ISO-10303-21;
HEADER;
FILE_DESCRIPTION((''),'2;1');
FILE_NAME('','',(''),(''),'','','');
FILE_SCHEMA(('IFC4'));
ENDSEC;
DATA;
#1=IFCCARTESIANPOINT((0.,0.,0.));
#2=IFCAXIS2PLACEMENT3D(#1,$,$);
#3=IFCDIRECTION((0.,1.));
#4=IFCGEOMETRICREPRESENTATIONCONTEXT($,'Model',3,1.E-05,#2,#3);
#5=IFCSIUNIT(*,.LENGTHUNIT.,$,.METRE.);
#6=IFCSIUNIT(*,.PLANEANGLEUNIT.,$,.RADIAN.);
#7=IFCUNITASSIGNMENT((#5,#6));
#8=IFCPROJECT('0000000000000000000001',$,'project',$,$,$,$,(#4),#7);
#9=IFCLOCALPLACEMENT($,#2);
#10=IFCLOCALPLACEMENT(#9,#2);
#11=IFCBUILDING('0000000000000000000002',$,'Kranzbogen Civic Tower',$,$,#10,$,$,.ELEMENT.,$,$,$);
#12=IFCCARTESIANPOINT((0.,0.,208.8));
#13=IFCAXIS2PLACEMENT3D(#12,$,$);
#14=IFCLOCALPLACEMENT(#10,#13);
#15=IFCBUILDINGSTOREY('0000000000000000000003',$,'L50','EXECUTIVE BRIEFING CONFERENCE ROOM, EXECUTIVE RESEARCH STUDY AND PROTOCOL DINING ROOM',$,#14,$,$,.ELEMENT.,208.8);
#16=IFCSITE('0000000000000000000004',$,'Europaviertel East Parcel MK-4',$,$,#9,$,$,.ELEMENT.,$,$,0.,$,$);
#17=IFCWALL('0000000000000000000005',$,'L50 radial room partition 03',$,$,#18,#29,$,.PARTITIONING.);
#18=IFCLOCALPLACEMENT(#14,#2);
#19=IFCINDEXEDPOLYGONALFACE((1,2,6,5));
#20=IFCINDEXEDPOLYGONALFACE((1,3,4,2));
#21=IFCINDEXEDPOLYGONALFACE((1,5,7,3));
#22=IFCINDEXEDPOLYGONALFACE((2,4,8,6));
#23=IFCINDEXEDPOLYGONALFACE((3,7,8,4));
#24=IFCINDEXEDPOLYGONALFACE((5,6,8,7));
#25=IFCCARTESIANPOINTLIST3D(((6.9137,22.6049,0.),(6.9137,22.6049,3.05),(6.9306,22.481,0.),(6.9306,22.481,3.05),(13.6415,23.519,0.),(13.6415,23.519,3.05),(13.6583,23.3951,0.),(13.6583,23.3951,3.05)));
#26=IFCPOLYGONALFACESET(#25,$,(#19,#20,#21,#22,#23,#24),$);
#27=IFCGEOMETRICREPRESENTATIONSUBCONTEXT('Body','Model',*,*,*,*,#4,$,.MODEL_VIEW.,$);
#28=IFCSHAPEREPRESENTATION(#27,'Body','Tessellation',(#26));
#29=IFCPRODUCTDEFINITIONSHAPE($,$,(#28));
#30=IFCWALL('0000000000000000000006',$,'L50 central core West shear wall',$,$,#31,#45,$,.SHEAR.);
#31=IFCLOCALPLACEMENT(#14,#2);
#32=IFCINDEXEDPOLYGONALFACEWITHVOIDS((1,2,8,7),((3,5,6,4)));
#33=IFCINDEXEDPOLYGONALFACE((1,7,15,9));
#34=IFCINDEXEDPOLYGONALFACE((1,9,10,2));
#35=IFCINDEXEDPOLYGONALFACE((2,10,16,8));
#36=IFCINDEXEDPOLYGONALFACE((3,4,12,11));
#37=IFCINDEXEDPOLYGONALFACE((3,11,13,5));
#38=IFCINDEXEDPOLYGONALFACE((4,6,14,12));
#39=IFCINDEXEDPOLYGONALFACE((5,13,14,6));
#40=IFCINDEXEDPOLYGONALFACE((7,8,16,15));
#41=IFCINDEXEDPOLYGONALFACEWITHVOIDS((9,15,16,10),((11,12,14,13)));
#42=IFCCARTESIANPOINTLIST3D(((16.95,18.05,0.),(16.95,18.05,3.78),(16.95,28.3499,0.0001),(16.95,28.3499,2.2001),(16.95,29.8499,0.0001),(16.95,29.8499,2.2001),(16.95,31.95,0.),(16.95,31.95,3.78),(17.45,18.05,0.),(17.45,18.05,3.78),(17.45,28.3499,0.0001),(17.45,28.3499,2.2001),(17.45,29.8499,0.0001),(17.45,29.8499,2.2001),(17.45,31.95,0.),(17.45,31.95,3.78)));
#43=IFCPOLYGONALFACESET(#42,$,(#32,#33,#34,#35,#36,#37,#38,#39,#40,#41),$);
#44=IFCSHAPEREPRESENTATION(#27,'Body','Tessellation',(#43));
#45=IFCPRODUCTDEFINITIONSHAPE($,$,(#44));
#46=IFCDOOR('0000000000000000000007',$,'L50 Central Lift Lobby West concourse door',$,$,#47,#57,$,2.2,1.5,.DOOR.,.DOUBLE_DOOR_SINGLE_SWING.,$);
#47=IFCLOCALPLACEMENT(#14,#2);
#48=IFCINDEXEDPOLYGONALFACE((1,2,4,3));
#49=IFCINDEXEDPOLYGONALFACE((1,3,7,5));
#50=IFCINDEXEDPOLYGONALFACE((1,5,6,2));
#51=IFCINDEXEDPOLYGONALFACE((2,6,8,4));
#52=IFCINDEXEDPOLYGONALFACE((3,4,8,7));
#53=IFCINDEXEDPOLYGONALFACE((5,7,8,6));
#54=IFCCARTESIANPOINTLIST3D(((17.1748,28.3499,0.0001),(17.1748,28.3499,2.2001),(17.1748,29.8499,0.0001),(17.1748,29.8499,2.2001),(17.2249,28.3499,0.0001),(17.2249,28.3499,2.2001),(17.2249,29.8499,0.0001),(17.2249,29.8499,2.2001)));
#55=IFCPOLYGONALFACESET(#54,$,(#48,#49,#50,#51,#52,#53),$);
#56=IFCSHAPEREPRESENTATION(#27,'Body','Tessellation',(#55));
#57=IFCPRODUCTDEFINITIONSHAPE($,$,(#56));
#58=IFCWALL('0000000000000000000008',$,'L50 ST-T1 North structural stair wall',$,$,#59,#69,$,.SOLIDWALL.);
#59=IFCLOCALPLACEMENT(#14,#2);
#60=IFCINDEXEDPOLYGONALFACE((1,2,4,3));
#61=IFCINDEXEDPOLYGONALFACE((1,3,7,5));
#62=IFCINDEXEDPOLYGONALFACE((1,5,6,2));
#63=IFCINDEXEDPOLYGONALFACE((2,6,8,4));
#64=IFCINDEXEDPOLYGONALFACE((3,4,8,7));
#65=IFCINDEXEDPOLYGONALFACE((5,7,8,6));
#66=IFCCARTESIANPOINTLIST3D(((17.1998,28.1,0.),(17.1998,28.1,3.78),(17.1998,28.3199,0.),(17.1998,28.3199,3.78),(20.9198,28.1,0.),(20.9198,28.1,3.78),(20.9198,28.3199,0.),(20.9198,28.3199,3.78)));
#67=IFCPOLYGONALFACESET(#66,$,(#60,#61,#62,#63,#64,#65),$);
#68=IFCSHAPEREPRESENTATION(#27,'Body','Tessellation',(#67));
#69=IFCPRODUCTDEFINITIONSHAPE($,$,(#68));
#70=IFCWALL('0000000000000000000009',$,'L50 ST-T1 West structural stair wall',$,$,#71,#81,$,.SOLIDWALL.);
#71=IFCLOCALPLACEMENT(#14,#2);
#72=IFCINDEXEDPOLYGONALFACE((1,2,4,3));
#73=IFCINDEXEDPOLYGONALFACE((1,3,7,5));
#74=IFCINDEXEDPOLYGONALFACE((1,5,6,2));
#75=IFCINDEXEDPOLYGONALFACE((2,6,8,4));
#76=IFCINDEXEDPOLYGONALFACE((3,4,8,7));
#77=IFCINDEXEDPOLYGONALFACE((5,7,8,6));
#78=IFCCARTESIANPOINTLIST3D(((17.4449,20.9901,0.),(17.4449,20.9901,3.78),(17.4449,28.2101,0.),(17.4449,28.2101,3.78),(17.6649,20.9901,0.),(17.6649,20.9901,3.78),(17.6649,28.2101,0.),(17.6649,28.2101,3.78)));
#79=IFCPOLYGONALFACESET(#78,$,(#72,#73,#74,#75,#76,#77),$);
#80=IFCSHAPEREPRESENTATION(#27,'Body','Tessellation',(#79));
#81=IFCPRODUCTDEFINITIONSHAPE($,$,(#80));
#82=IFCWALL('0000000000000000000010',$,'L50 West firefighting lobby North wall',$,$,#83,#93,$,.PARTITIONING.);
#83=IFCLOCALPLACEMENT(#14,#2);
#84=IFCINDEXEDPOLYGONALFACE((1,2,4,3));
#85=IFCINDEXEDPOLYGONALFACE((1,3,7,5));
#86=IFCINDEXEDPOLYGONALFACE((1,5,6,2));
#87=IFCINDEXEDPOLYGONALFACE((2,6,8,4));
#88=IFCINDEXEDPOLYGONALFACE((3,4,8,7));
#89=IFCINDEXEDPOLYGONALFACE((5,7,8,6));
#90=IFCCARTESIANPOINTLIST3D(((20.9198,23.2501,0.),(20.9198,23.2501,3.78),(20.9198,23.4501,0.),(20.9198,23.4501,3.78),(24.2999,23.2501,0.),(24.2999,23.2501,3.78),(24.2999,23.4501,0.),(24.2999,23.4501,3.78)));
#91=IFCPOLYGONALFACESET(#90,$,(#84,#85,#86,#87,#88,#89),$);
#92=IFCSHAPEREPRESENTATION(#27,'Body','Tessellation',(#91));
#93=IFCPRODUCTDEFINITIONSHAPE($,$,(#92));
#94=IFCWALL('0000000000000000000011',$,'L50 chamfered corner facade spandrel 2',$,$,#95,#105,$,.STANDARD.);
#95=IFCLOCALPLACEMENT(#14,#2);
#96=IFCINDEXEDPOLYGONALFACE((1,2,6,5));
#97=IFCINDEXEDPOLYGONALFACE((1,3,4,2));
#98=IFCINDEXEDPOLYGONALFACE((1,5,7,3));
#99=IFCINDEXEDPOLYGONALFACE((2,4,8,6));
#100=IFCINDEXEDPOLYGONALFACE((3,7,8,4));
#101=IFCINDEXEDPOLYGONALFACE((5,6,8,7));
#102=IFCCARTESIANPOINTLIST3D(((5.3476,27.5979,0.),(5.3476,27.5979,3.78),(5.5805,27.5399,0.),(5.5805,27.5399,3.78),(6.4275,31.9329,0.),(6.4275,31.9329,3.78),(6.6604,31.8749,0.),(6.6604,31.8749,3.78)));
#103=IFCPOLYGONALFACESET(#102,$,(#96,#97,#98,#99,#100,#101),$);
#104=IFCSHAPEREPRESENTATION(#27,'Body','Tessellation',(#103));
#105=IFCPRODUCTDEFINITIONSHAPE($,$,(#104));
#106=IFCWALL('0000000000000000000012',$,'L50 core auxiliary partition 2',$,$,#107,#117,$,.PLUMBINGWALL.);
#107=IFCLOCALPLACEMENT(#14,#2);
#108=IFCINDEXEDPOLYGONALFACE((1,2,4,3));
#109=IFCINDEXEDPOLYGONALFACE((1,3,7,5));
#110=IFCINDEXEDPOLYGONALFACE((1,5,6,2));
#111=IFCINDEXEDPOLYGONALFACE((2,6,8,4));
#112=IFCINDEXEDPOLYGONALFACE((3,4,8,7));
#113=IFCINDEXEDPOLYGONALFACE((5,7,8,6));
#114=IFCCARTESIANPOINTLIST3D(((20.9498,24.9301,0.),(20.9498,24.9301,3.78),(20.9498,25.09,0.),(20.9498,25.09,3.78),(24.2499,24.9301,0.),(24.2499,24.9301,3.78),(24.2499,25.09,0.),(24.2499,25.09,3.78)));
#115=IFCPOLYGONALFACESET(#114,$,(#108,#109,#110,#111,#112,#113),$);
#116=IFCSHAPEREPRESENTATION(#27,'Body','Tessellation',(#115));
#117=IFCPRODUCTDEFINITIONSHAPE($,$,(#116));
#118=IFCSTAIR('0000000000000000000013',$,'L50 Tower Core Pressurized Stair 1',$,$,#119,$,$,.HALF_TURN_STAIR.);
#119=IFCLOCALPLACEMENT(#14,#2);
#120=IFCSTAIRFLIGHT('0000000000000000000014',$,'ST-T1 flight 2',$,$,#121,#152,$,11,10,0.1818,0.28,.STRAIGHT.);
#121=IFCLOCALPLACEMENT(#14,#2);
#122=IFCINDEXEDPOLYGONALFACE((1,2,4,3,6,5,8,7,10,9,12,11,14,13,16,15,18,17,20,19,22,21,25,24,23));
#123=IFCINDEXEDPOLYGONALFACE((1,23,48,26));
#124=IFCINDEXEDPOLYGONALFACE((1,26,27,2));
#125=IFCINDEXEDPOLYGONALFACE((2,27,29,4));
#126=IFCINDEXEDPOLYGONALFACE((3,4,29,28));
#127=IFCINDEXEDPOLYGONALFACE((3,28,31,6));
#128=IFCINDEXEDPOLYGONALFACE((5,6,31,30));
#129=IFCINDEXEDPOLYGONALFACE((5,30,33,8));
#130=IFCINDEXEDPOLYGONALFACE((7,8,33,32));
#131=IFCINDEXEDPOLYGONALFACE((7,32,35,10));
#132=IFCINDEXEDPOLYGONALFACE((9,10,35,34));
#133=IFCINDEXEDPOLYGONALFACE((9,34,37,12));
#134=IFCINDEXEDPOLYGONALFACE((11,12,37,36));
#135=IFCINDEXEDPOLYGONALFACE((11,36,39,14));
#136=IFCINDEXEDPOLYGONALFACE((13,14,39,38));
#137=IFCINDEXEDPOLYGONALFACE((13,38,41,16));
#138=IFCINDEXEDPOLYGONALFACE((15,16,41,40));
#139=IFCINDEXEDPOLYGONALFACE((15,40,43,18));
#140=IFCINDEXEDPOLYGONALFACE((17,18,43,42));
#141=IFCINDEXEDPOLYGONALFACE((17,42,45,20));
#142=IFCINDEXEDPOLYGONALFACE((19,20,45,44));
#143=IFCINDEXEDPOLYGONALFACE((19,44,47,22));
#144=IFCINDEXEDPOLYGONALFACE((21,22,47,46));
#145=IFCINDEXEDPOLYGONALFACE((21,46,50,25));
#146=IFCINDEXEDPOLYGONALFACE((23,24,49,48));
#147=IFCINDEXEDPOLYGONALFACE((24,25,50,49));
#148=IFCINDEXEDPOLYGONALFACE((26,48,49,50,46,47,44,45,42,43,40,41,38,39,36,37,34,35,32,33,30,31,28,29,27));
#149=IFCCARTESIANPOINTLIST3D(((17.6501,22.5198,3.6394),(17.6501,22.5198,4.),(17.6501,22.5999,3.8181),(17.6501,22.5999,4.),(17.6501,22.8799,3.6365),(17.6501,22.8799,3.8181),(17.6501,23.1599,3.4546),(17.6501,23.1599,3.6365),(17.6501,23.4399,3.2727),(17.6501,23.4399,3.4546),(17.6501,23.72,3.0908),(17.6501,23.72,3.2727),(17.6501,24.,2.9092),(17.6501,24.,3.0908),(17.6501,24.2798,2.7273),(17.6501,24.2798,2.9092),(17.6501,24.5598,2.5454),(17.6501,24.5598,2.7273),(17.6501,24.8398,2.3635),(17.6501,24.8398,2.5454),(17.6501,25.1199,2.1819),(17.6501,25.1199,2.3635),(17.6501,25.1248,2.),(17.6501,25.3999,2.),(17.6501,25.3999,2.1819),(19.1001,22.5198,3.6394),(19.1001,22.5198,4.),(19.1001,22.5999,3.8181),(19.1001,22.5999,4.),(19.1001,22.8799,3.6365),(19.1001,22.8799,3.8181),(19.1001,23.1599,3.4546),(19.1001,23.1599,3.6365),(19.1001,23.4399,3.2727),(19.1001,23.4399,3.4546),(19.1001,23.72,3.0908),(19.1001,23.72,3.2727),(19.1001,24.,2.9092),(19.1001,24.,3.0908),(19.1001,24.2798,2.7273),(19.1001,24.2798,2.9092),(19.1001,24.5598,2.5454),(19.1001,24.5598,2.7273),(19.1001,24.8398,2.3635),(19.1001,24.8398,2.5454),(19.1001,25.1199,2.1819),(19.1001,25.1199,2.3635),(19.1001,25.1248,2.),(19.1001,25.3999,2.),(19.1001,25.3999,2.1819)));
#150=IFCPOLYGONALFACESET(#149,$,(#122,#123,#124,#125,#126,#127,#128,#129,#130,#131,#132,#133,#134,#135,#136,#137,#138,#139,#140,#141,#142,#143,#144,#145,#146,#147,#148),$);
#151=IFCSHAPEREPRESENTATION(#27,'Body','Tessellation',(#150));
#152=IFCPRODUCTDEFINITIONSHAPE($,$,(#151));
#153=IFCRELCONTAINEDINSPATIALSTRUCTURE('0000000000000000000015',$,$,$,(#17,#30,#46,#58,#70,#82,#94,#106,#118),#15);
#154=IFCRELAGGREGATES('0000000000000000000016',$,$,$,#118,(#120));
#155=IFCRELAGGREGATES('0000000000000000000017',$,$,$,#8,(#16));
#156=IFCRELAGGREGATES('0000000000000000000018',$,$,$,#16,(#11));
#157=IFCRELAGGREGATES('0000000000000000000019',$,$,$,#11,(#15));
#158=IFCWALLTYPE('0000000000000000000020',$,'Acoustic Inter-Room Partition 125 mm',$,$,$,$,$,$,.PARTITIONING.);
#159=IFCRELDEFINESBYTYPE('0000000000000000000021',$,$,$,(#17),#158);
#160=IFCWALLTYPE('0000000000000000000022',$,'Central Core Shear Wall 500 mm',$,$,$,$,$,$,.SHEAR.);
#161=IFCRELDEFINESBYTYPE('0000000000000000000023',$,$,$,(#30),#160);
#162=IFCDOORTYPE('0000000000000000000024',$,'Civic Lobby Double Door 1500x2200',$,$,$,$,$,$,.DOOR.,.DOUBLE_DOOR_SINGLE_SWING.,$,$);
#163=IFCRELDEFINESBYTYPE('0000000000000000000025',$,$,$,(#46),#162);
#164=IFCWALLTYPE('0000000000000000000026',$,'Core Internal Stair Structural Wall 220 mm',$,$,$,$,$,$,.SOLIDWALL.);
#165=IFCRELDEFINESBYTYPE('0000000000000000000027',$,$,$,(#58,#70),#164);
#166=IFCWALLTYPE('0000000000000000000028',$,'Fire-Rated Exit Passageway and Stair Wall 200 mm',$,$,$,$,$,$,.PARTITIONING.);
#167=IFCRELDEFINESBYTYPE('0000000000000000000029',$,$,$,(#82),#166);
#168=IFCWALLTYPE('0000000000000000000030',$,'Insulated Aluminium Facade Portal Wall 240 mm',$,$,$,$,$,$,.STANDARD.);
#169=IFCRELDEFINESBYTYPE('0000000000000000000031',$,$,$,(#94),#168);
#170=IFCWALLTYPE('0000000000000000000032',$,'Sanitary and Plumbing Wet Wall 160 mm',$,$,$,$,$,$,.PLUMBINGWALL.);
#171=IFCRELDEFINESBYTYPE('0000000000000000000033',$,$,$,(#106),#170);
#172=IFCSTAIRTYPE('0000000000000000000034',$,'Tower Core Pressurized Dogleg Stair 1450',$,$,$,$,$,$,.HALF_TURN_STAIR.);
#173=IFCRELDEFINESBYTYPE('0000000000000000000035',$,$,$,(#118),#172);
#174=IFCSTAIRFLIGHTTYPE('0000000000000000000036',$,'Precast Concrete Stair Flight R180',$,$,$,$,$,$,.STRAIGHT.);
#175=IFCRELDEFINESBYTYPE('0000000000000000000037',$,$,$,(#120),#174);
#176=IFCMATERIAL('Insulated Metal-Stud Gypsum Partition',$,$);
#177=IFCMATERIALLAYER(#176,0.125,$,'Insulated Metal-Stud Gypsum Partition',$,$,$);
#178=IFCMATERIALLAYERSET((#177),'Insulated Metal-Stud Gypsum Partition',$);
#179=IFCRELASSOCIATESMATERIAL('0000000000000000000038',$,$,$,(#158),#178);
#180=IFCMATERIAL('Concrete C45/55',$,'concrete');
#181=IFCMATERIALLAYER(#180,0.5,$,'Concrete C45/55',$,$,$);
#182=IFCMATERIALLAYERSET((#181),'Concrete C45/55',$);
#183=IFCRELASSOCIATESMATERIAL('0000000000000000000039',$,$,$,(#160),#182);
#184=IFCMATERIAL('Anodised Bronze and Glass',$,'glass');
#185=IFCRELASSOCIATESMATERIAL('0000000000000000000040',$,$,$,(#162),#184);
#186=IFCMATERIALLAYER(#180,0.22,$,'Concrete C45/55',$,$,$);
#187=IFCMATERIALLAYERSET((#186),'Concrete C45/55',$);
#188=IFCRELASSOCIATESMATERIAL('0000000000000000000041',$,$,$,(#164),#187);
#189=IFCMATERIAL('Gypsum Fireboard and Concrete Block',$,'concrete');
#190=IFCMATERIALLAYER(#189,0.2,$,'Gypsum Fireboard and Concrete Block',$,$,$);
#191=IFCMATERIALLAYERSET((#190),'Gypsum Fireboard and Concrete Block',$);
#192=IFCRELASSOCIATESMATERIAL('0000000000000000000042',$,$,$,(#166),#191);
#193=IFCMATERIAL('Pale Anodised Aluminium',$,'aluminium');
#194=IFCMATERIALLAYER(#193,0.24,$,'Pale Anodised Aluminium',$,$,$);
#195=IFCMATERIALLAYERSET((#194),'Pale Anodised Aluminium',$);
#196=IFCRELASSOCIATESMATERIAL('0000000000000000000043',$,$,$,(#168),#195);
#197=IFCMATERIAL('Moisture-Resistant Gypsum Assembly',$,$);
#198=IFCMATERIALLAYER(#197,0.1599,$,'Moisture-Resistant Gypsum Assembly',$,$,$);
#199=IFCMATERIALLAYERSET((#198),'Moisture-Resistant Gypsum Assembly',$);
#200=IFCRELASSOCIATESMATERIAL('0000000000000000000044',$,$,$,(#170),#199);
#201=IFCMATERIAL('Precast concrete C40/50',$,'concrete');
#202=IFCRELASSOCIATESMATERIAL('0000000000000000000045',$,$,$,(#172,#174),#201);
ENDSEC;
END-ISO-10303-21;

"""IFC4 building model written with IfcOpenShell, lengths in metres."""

from ifc_helpers import new_model, si_unit, direction, frame, frame_2d, origin, place, context, subcontext, project, spatial, polyline, rectangle, outline, extrude, material, layer, layer_set, type_object, element, fill, aggregate, save


model = new_model("IFC4")

# Units and contexts
model_context = context("Model", 3, precision=1e-05, world=origin(), true_north=direction((0.0, 1.0)))
body_context = subcontext(model_context, "Body", "Model", "MODEL_VIEW")
ifc_project = project(units=[si_unit("LENGTHUNIT", "METRE"), si_unit("PLANEANGLEUNIT", "RADIAN")], contexts=[model_context])

# Site, building, storey
site_placement = place(None, origin())
site = spatial("IfcSite", under=ifc_project, at=site_placement, Name="Europaviertel East Parcel MK-4", CompositionType="ELEMENT", RefElevation=0.0)
building_placement = place(site_placement, origin())
building = spatial("IfcBuilding", under=site, at=building_placement, Name="Kranzbogen Civic Tower", CompositionType="ELEMENT")
storey_placement = place(building_placement, frame((0.0, 0.0, 208.8)))
storey = spatial("IfcBuildingStorey", under=building, at=storey_placement, Name="L50", Description="EXECUTIVE BRIEFING CONFERENCE ROOM, EXECUTIVE RESEARCH STUDY AND PROTOCOL DINING ROOM", CompositionType="ELEMENT", Elevation=208.8)

# Shared definitions
ifc_material_1 = material(Name="Pale Anodised Aluminium", Category="aluminium")

# Wall
ifc_material_2 = material(Name="Insulated Metal-Stud Gypsum Partition")
ifc_layer_1 = layer(ifc_material_2, 0.125, Name="Insulated Metal-Stud Gypsum Partition")
ifc_layer_set_1 = layer_set([ifc_layer_1], Name="Insulated Metal-Stud Gypsum Partition")
wall_type_1 = type_object("IfcWallType", Name="Acoustic Inter-Room Partition 125 mm", PredefinedType="PARTITIONING", material=ifc_layer_set_1)
wall_1_placement = place(storey_placement, frame((13.6499, 23.457, 0.0), z_axis=(0.0, 0.0, 1.0), x_axis=(-0.990896, -0.134627, 0.0)))
element("IfcWall", 1, at=wall_1_placement, inside=storey, type_object=wall_type_1, Name="L50 radial room partition 03", PredefinedType="PARTITIONING", context=body_context, shape_type="SweptSolid", body=[
    extrude(rectangle(XDim=6.7896, YDim=0.125, at=frame_2d((3.3948, 0.0))), origin(), (0.0, 0.0, 1.0), 3.05),
])

# Wall, opening, door
ifc_material_3 = material(Name="Concrete C45/55", Category="concrete")
ifc_layer_2 = layer(ifc_material_3, 0.5, Name="Concrete C45/55")
ifc_layer_set_2 = layer_set([ifc_layer_2], Name="Concrete C45/55")
wall_type_2 = type_object("IfcWallType", Name="Central Core Shear Wall 500 mm", PredefinedType="SHEAR", material=ifc_layer_set_2)
wall_2_placement = place(storey_placement, frame((17.2, 31.95, 0.0), z_axis=(0.0, 0.0, 1.0), x_axis=(0.0, -1.0, 0.0)))
wall_2 = element("IfcWall", 2, at=wall_2_placement, inside=storey, type_object=wall_type_2, Name="L50 central core West shear wall", PredefinedType="SHEAR", context=body_context, shape_type="SweptSolid", body=[
    extrude(rectangle(XDim=13.8999, YDim=0.5, at=frame_2d((6.95, 0.0))), origin(), (0.0, 0.0, 1.0), 3.78),
])
opening_placement = place(wall_2_placement, frame((2.1001, 0.0, 0.0)))
opening = element("IfcOpeningElement", 3, at=opening_placement, cuts=wall_2, PredefinedType="OPENING", context=body_context, shape_type="SweptSolid", body=[
    extrude(rectangle(XDim=1.5, YDim=2.2, at=frame_2d((0.75, 1.1001))), frame((0.0, 0.26, 0.0), z_axis=(0.0, -1.0, 0.0), x_axis=(1.0, 0.0, 0.0)), (0.0, 0.0, 1.0), 0.52),
])
ifc_material_4 = material(Name="Anodised Bronze and Glass", Category="glass")
door_type = type_object("IfcDoorType", Name="Civic Lobby Double Door 1500x2200", OperationType="DOUBLE_DOOR_SINGLE_SWING", PredefinedType="DOOR", material=ifc_material_4)
door_placement = place(opening_placement, origin())
door = element("IfcDoor", 4, at=door_placement, inside=storey, type_object=door_type, Name="L50 Central Lift Lobby West concourse door", OperationType="DOUBLE_DOOR_SINGLE_SWING", OverallHeight=2.2, OverallWidth=1.5, PredefinedType="DOOR", context=body_context, shape_type="SweptSolid", body=[
    extrude(rectangle(XDim=1.5, YDim=2.2, at=frame_2d((0.75, 1.1001))), frame((0.0, 0.0249, 0.0), z_axis=(0.0, -1.0, 0.0), x_axis=(1.0, 0.0, 0.0)), (0.0, 0.0, 1.0), 0.05),
])
fill(opening, door)

# Walls
ifc_layer_3 = layer(ifc_material_3, 0.22, Name="Concrete C45/55")
ifc_layer_set_3 = layer_set([ifc_layer_3], Name="Concrete C45/55")
wall_type_3 = type_object("IfcWallType", Name="Core Internal Stair Structural Wall 220 mm", PredefinedType="SOLIDWALL", material=ifc_layer_set_3)
wall_3_placement = place(storey_placement, frame((17.2, 28.21, 0.0), z_axis=(0.0, 0.0, 1.0), x_axis=(1.0, 0.0, 0.0)))
element("IfcWall", 5, at=wall_3_placement, inside=storey, type_object=wall_type_3, Name="L50 ST-T1 North structural stair wall", PredefinedType="SOLIDWALL", context=body_context, shape_type="SweptSolid", body=[
    extrude(rectangle(XDim=3.72, YDim=0.22, at=frame_2d((1.8599, 0.0))), origin(), (0.0, 0.0, 1.0), 3.78),
])
wall_4_placement = place(storey_placement, frame((17.5549, 28.21, 0.0), z_axis=(0.0, 0.0, 1.0), x_axis=(0.0, -1.0, 0.0)))
element("IfcWall", 6, at=wall_4_placement, inside=storey, type_object=wall_type_3, Name="L50 ST-T1 West structural stair wall", PredefinedType="SOLIDWALL", context=body_context, shape_type="SweptSolid", body=[
    extrude(rectangle(XDim=7.22, YDim=0.22, at=frame_2d((3.6099, 0.0))), origin(), (0.0, 0.0, 1.0), 3.78),
])
ifc_material_5 = material(Name="Gypsum Fireboard and Concrete Block", Category="concrete")
ifc_layer_4 = layer(ifc_material_5, 0.2, Name="Gypsum Fireboard and Concrete Block")
ifc_layer_set_4 = layer_set([ifc_layer_4], Name="Gypsum Fireboard and Concrete Block")
wall_type_4 = type_object("IfcWallType", Name="Fire-Rated Exit Passageway and Stair Wall 200 mm", PredefinedType="PARTITIONING", material=ifc_layer_set_4)
wall_5_placement = place(storey_placement, frame((20.9199, 23.3501, 0.0), z_axis=(0.0, 0.0, 1.0), x_axis=(1.0, 0.0, 0.0)))
element("IfcWall", 7, at=wall_5_placement, inside=storey, type_object=wall_type_4, Name="L50 West firefighting lobby North wall", PredefinedType="PARTITIONING", context=body_context, shape_type="SweptSolid", body=[
    extrude(rectangle(XDim=3.3801, YDim=0.2, at=frame_2d((1.6899, 0.0))), origin(), (0.0, 0.0, 1.0), 3.78),
])
ifc_layer_5 = layer(ifc_material_1, 0.24, Name="Pale Anodised Aluminium")
ifc_layer_set_5 = layer_set([ifc_layer_5], Name="Pale Anodised Aluminium")
wall_type_5 = type_object("IfcWallType", Name="Insulated Aluminium Facade Portal Wall 240 mm", PredefinedType="STANDARD", material=ifc_layer_set_5)
wall_6_placement = place(storey_placement, frame((6.5439, 31.9041, 0.0), z_axis=(0.0, 0.0, 1.0), x_axis=(-0.241713, -0.970348, 0.0)))
element("IfcWall", 8, at=wall_6_placement, inside=storey, type_object=wall_type_5, Name="L50 chamfered corner facade spandrel 2", PredefinedType="STANDARD", context=body_context, shape_type="SweptSolid", body=[
    extrude(rectangle(XDim=4.4675, YDim=0.24, at=frame_2d((2.2339, 0.0))), origin(), (0.0, 0.0, 1.0), 3.78),
])
ifc_material_6 = material(Name="Moisture-Resistant Gypsum Assembly")
ifc_layer_6 = layer(ifc_material_6, 0.1599, Name="Moisture-Resistant Gypsum Assembly")
ifc_layer_set_6 = layer_set([ifc_layer_6], Name="Moisture-Resistant Gypsum Assembly")
wall_type_6 = type_object("IfcWallType", Name="Sanitary and Plumbing Wet Wall 160 mm", PredefinedType="PLUMBINGWALL", material=ifc_layer_set_6)
wall_7_placement = place(storey_placement, frame((20.95, 25.01, 0.0), z_axis=(0.0, 0.0, 1.0), x_axis=(1.0, 0.0, 0.0)))
element("IfcWall", 9, at=wall_7_placement, inside=storey, type_object=wall_type_6, Name="L50 core auxiliary partition 2", PredefinedType="PLUMBINGWALL", context=body_context, shape_type="SweptSolid", body=[
    extrude(rectangle(XDim=3.3, YDim=0.1599, at=frame_2d((1.6499, 0.0))), origin(), (0.0, 0.0, 1.0), 3.78),
])

# Stair, stair flight
ifc_material_7 = material(Name="Precast concrete C40/50", Category="concrete")
stair_type = type_object("IfcStairType", Name="Tower Core Pressurized Dogleg Stair 1450", PredefinedType="HALF_TURN_STAIR", material=ifc_material_7)
stair_placement = place(storey_placement, origin())
stair = element("IfcStair", 10, at=stair_placement, inside=storey, type_object=stair_type, Name="L50 Tower Core Pressurized Stair 1", PredefinedType="HALF_TURN_STAIR")
stair_flight_type = type_object("IfcStairFlightType", Name="Precast Concrete Stair Flight R180", PredefinedType="STRAIGHT", material=ifc_material_7)
stair_flight_placement = place(storey_placement, frame((18.375, 25.3999, 2.0), z_axis=(0.0, 0.0, 1.0), x_axis=(0.0, -1.0, 0.0)))
stair_flight = element("IfcStairFlight", 11, at=stair_flight_placement, type_object=stair_flight_type, Name="ST-T1 flight 2", NumberOfRisers=11, NumberOfTreads=10, PredefinedType="STRAIGHT", RiserHeight=0.1818, TreadLength=0.28, context=body_context, shape_type="SweptSolid", body=[
    extrude(outline(polyline([(0.0, 0.0), (0.0, 0.1819), (0.28, 0.1819), (0.28, 0.3635), (0.5601, 0.3635), (0.5601, 0.5454), (0.8401, 0.5454), (0.8401, 0.7273), (1.1201, 0.7273), (1.1201, 0.9092), (1.3999, 0.9092), (1.3999, 1.0908), (1.6799, 1.0908), (1.6799, 1.2727), (1.96, 1.2727), (1.96, 1.4546), (2.24, 1.4546), (2.24, 1.6365), (2.52, 1.6365), (2.52, 1.8181), (2.8, 1.8181), (2.8, 2.0), (2.8801, 2.0), (2.8801, 1.6394), (0.2751, 0.0), (0.0, 0.0)])), frame((0.0, 0.7251, 0.0), z_axis=(0.0, -1.0, 0.0), x_axis=(1.0, 0.0, 0.0)), (0.0, 0.0, 1.0), 1.45),
])
aggregate(stair, [stair_flight])

save(model, "model.ifc")
